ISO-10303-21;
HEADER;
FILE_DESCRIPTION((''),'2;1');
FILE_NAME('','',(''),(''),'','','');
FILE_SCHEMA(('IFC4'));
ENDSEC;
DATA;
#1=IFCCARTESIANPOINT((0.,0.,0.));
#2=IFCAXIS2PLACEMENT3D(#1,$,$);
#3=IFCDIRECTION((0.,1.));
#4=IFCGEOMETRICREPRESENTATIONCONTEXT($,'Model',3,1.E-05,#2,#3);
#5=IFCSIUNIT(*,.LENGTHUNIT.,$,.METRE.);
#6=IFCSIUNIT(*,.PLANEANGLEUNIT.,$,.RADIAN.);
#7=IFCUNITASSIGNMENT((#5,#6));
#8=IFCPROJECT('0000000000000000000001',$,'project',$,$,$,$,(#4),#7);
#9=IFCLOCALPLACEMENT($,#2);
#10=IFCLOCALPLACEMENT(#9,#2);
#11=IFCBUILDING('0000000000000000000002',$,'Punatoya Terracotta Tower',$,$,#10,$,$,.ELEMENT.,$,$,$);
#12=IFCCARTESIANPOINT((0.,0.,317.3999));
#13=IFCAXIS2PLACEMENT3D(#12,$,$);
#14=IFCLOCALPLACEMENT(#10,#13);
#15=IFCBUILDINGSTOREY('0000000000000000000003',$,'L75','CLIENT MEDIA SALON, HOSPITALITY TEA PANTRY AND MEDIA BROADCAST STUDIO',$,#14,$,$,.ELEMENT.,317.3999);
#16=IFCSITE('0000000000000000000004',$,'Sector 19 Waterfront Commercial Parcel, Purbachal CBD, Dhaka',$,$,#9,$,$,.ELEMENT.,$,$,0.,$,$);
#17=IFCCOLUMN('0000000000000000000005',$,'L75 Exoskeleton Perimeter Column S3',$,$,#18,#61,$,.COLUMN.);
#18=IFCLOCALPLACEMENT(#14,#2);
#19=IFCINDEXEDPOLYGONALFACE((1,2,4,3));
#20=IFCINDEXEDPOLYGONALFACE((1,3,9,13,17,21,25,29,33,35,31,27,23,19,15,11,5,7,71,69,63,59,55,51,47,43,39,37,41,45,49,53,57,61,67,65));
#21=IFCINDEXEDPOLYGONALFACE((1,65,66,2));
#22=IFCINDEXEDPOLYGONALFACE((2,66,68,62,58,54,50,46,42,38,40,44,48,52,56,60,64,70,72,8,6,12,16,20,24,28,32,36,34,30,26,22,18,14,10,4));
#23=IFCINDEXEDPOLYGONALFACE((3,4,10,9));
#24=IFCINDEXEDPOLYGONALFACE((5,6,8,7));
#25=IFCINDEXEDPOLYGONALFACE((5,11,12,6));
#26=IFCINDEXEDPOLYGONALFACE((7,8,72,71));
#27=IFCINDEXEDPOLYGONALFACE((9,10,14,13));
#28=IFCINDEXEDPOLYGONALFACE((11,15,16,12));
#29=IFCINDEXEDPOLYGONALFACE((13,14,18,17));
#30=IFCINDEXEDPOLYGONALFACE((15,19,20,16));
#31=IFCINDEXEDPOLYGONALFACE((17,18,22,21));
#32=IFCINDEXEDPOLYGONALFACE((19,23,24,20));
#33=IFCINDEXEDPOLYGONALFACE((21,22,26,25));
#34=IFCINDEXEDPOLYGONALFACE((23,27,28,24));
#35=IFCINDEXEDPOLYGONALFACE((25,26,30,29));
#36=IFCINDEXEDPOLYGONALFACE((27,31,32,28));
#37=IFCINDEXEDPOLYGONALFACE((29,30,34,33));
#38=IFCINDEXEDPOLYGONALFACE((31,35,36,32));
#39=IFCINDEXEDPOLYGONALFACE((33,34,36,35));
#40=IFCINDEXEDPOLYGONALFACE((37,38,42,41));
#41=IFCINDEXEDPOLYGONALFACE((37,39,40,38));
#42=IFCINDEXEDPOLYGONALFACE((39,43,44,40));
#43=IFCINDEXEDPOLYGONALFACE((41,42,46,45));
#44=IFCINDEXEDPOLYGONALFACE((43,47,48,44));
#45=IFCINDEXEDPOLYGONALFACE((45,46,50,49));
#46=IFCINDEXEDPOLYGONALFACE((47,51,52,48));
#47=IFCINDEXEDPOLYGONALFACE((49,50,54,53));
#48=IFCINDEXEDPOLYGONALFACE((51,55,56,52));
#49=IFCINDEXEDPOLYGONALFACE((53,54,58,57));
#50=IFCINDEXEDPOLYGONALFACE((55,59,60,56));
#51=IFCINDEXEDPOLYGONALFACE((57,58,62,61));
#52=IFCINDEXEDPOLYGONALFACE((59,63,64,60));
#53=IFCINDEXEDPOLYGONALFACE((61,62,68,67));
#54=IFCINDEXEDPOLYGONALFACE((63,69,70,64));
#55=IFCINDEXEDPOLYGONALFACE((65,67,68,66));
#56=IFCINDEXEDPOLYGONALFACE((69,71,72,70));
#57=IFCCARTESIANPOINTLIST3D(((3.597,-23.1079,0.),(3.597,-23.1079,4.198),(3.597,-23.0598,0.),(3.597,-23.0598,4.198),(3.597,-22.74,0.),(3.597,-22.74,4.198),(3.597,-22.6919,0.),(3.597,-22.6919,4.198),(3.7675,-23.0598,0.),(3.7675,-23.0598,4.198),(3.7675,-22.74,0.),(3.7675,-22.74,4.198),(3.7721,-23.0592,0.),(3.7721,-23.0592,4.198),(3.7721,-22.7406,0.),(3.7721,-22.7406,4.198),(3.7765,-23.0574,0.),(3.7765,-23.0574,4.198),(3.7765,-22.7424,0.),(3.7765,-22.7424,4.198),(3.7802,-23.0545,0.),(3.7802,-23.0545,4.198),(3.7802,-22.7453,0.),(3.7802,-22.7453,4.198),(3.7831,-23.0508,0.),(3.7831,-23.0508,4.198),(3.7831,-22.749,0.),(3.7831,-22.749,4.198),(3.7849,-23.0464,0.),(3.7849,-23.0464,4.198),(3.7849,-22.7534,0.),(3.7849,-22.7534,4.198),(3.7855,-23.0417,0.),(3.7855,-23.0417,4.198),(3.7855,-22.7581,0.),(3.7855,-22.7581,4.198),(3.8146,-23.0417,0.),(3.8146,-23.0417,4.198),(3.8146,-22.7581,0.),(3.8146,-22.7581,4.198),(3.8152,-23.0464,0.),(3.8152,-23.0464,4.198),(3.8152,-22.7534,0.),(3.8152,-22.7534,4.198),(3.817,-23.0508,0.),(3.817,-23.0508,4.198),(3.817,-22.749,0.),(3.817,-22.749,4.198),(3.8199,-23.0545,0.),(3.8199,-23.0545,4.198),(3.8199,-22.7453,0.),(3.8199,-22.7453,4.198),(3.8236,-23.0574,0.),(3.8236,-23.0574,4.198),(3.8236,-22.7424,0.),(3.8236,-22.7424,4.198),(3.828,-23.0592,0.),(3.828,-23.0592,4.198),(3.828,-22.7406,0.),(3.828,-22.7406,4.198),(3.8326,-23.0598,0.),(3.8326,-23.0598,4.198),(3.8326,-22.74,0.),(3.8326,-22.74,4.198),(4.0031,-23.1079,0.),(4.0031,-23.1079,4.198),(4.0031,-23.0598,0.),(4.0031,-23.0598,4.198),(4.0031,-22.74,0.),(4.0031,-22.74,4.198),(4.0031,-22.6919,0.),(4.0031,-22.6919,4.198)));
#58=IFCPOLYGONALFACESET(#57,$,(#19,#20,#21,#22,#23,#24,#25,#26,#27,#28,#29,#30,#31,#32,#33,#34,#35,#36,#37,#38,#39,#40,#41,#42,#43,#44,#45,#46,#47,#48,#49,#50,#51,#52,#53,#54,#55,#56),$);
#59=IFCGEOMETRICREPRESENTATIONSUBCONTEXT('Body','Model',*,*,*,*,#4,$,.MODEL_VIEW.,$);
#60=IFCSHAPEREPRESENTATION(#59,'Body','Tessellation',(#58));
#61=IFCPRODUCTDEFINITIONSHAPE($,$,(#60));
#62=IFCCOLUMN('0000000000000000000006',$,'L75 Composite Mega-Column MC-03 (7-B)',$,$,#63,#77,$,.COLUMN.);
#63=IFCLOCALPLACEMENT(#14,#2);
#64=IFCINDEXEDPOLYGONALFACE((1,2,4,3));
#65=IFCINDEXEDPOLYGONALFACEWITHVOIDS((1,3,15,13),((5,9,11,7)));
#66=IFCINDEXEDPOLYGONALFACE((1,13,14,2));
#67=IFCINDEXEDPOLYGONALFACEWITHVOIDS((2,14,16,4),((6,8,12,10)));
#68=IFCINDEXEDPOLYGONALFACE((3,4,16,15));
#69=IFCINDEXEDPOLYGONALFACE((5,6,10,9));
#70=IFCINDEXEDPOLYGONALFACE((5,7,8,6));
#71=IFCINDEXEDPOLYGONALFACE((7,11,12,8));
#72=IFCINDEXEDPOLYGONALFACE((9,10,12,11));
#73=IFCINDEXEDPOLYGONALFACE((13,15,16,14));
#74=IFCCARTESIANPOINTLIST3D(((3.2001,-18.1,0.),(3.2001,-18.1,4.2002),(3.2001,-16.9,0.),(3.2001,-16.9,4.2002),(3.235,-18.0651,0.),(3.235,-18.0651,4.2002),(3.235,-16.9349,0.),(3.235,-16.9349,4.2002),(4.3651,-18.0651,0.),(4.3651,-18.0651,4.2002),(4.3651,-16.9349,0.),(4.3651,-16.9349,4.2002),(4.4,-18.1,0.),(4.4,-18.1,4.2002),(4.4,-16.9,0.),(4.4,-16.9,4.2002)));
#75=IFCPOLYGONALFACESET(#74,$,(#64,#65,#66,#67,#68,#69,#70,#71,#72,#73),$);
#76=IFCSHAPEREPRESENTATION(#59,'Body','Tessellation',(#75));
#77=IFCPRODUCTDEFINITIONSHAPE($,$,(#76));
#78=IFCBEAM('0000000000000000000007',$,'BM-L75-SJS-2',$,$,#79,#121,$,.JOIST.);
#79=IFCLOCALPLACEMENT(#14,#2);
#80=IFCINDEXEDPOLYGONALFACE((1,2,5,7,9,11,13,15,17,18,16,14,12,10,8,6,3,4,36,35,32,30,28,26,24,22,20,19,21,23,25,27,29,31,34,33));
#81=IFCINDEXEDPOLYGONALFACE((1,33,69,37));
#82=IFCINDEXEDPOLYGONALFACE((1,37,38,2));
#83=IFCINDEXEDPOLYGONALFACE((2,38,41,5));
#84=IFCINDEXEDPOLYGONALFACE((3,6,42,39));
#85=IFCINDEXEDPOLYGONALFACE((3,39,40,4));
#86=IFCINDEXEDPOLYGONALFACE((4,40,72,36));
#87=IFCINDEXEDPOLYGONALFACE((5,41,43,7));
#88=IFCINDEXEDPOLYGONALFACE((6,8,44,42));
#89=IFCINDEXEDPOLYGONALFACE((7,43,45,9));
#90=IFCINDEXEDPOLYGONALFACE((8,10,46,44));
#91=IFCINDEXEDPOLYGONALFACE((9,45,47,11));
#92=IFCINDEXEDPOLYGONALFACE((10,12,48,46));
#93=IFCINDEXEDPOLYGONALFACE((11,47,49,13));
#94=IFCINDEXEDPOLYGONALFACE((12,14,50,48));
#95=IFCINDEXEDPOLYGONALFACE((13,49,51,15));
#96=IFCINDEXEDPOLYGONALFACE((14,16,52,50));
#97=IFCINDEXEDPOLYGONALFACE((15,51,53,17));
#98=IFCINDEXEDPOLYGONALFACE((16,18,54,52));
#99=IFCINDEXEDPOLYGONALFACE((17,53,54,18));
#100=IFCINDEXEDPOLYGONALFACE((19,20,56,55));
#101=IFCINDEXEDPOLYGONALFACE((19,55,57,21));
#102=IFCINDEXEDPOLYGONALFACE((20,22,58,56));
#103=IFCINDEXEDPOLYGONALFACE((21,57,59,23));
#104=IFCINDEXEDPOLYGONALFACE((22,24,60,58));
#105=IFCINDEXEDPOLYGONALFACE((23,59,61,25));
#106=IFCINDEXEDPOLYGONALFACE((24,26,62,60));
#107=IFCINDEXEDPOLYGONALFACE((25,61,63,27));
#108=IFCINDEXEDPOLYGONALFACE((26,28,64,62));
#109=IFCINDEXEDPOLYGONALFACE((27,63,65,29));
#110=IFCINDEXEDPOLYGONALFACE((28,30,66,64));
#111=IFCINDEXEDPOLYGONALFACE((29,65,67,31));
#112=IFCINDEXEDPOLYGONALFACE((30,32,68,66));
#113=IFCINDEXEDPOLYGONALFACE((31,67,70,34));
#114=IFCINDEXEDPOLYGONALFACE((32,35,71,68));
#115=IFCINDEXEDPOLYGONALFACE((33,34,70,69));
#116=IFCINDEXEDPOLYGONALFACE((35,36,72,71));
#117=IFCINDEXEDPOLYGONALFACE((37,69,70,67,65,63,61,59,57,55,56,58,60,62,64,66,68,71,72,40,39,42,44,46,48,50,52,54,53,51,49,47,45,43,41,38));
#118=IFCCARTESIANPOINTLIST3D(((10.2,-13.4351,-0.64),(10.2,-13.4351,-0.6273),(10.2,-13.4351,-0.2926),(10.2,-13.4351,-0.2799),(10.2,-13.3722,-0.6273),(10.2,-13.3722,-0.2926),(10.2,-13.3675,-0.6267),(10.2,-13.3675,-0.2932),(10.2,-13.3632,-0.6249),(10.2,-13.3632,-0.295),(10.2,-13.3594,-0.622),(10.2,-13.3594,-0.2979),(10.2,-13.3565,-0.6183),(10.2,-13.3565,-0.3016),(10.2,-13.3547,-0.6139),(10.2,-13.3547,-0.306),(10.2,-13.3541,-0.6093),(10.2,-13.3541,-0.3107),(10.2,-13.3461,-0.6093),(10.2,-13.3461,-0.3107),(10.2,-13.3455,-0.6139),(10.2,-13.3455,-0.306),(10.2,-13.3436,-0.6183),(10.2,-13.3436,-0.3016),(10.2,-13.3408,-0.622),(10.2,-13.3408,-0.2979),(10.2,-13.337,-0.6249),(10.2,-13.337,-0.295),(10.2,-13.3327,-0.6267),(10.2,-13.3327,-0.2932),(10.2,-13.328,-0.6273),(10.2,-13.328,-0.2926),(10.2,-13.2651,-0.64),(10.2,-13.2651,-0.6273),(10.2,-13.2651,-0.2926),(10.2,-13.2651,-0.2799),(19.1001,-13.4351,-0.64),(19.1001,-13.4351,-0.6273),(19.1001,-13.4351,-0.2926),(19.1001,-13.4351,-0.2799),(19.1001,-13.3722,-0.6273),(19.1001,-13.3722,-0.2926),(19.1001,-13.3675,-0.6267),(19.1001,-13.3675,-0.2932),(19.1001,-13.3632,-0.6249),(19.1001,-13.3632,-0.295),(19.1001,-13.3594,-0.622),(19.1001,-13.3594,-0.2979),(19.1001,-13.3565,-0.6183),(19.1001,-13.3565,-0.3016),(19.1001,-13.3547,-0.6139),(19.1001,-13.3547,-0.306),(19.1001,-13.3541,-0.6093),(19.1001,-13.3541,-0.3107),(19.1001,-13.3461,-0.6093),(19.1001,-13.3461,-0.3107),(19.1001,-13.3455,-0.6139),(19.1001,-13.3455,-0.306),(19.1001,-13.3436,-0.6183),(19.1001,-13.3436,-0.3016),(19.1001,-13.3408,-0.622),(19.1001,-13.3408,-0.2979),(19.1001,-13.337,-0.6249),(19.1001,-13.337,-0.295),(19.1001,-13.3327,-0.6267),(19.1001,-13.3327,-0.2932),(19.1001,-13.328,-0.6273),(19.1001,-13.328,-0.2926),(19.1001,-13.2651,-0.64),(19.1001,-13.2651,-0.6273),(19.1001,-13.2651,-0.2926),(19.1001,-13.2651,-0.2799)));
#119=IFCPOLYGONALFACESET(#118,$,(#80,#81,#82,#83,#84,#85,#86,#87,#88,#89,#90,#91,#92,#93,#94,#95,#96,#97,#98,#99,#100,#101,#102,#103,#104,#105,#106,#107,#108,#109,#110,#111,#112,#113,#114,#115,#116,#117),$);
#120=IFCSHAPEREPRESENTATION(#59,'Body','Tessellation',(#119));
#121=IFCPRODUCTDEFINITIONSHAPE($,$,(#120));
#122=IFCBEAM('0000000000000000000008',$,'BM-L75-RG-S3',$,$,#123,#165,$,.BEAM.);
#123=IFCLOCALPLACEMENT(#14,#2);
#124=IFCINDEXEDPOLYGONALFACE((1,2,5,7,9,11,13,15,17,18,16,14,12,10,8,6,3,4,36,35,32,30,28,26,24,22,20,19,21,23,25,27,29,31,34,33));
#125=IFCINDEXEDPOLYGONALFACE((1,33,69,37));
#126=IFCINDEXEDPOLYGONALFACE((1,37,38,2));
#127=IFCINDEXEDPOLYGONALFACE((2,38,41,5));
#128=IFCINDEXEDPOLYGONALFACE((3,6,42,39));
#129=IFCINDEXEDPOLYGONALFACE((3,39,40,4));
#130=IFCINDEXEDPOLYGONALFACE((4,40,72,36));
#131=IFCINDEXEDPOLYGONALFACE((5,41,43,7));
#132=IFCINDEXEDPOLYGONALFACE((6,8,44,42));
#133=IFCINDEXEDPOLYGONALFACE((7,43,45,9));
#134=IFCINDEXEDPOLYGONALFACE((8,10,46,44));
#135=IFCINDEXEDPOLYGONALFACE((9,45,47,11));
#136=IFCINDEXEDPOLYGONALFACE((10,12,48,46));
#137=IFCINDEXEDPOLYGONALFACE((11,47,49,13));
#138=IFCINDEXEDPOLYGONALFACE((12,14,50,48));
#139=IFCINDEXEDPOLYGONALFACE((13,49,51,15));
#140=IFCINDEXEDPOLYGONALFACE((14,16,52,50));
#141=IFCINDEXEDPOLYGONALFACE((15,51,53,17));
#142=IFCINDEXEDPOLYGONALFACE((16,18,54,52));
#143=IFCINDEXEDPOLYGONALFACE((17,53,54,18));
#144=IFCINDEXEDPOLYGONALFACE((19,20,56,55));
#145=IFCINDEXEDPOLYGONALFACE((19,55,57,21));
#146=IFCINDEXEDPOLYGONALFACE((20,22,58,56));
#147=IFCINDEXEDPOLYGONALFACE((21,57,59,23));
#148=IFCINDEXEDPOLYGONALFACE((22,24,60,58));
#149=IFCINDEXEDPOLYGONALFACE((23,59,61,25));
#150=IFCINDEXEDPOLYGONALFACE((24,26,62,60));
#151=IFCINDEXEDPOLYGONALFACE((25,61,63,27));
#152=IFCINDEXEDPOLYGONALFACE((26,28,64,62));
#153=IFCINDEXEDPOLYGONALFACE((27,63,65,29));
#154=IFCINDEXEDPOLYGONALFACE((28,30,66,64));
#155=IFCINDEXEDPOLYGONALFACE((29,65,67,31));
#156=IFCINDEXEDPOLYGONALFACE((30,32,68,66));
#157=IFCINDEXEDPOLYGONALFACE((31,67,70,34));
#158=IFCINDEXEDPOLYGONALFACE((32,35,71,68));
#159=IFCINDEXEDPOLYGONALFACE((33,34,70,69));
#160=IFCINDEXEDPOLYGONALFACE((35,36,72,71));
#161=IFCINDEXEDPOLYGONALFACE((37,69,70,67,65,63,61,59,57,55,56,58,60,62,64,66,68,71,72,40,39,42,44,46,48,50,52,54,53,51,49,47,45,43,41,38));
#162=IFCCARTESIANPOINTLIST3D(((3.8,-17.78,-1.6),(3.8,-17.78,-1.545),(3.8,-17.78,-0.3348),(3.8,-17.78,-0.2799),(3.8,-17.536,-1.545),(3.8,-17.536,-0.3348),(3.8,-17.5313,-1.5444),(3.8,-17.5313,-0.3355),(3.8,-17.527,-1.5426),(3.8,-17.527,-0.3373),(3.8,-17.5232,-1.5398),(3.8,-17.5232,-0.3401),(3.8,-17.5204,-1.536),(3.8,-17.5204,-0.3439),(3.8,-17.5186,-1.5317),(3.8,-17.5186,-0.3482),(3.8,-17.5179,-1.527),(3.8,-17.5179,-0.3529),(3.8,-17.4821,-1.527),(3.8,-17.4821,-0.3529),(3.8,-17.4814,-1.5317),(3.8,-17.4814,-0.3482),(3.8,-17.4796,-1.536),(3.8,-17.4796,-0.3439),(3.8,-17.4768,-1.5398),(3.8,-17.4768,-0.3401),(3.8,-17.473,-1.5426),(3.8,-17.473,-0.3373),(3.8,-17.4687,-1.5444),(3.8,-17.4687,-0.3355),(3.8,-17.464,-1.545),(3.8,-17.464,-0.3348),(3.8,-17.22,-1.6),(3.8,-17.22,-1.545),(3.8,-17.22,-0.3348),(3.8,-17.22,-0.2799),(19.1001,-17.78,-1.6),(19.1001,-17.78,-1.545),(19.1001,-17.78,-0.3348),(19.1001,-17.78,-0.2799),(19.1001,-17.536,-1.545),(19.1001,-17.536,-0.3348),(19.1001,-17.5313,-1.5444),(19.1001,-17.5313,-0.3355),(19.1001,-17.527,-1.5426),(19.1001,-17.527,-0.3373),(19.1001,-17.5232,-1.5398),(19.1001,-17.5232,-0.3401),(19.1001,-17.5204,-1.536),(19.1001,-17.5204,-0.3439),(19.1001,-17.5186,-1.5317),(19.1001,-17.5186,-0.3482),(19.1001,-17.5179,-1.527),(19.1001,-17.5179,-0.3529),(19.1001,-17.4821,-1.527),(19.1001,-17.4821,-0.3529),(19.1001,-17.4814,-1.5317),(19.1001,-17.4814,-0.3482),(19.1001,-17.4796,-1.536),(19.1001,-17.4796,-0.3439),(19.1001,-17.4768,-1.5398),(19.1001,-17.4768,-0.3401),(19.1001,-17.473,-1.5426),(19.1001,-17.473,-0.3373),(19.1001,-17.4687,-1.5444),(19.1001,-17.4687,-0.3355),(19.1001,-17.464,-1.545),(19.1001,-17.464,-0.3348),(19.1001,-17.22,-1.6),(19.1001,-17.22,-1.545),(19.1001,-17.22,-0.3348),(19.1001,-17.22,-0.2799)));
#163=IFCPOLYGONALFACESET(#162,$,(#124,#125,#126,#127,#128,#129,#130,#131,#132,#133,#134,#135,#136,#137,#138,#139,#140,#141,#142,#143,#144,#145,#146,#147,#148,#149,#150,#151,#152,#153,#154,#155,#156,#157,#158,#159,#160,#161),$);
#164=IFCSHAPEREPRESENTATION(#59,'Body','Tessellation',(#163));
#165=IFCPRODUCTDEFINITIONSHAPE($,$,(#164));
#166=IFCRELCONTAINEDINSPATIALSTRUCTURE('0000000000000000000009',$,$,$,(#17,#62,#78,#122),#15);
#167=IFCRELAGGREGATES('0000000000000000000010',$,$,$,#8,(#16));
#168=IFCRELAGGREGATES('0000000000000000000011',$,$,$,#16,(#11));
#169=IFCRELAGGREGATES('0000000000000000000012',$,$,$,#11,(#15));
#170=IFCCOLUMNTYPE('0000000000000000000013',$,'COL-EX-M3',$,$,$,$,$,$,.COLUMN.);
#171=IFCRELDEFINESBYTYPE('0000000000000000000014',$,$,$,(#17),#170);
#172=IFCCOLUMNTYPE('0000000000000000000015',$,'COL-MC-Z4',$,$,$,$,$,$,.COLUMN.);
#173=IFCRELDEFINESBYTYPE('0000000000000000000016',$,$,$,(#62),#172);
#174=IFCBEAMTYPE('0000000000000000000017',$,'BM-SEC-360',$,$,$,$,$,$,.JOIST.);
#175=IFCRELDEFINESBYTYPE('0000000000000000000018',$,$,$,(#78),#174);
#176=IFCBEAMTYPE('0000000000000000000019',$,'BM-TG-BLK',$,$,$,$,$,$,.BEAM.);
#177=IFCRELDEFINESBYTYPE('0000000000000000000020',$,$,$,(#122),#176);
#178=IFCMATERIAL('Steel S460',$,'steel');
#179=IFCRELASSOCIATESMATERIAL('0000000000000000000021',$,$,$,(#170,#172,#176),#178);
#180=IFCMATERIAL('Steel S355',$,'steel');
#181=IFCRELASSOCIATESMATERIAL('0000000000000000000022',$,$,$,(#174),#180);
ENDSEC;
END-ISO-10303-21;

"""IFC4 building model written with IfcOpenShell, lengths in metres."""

from ifc_helpers import new_model, si_unit, direction, frame, origin, origin_2d, place, context, subcontext, project, spatial, hollow_rectangle, i_section, extrude, material, material_profile, profile_set, type_object, element, save


model = new_model("IFC4")

# Units and contexts
model_context = context("Model", 3, precision=1e-05, world=origin(), true_north=direction((0.0, 1.0)))
body_context = subcontext(model_context, "Body", "Model", "MODEL_VIEW")
ifc_project = project(units=[si_unit("LENGTHUNIT", "METRE"), si_unit("PLANEANGLEUNIT", "RADIAN")], contexts=[model_context])

# Site, building, storey
site_placement = place(None, origin())
site = spatial("IfcSite", under=ifc_project, at=site_placement, Name="Sector 19 Waterfront Commercial Parcel, Purbachal CBD, Dhaka", CompositionType="ELEMENT", RefElevation=0.0)
building_placement = place(site_placement, origin())
building = spatial("IfcBuilding", under=site, at=building_placement, Name="Punatoya Terracotta Tower", CompositionType="ELEMENT")
storey_placement = place(building_placement, frame((0.0, 0.0, 317.3999)))
storey = spatial("IfcBuildingStorey", under=building, at=storey_placement, Name="L75", Description="CLIENT MEDIA SALON, HOSPITALITY TEA PANTRY AND MEDIA BROADCAST STUDIO", CompositionType="ELEMENT", Elevation=317.3999)

# Columns
ifc_material_1 = material(Name="Steel S460", Category="steel")
ifc_material_profile_1 = material_profile(ifc_material_1, i_section(OverallWidth=0.406, OverallDepth=0.416, WebThickness=0.0291, FlangeThickness=0.0481, FilletRadius=0.0181, at=origin_2d()))
ifc_profile_set_1 = profile_set([ifc_material_profile_1], Name="Steel S460")
column_type_1 = type_object("IfcColumnType", Name="COL-EX-M3", PredefinedType="COLUMN", material=ifc_profile_set_1)
column_1_placement = place(storey_placement, frame((3.8, -22.8999, 0.0), z_axis=(0.0, 0.0, 1.0), x_axis=(1.0, 0.0, 0.0)))
element("IfcColumn", 1, at=column_1_placement, inside=storey, type_object=column_type_1, Name="L75 Exoskeleton Perimeter Column S3", PredefinedType="COLUMN", context=body_context, shape_type="SweptSolid", body=[
    extrude(i_section(OverallWidth=0.406, OverallDepth=0.416, WebThickness=0.0291, FlangeThickness=0.0481, FilletRadius=0.0181, at=origin_2d()), origin(), (0.0, 0.0, 1.0), 4.198),
])
ifc_material_profile_2 = material_profile(ifc_material_1, hollow_rectangle(XDim=1.2, YDim=1.2, WallThickness=0.0349, at=origin_2d()))
ifc_profile_set_2 = profile_set([ifc_material_profile_2], Name="Steel S460")
column_type_2 = type_object("IfcColumnType", Name="COL-MC-Z4", PredefinedType="COLUMN", material=ifc_profile_set_2)
column_2_placement = place(storey_placement, frame((3.8, -17.5, 0.0), z_axis=(0.0, 0.0, 1.0), x_axis=(1.0, 0.0, 0.0)))
element("IfcColumn", 2, at=column_2_placement, inside=storey, type_object=column_type_2, Name="L75 Composite Mega-Column MC-03 (7-B)", PredefinedType="COLUMN", context=body_context, shape_type="SweptSolid", body=[
    extrude(hollow_rectangle(XDim=1.2, YDim=1.2, WallThickness=0.0349, at=origin_2d()), origin(), (0.0, 0.0, 1.0), 4.2002),
])

# Beams
ifc_material_2 = material(Name="Steel S355", Category="steel")
ifc_material_profile_3 = material_profile(ifc_material_2, i_section(OverallWidth=0.1699, OverallDepth=0.3601, WebThickness=0.0081, FlangeThickness=0.0127, FilletRadius=0.0181, at=origin_2d()))
ifc_profile_set_3 = profile_set([ifc_material_profile_3], Name="Steel S355")
beam_type_1 = type_object("IfcBeamType", Name="BM-SEC-360", PredefinedType="JOIST", material=ifc_profile_set_3)
beam_1_placement = place(storey_placement, frame((10.2, -13.3501, -0.46), z_axis=(1.0, 0.0, 0.0), x_axis=(0.0, 1.0, 0.0)))
element("IfcBeam", 3, at=beam_1_placement, inside=storey, type_object=beam_type_1, Name="BM-L75-SJS-2", PredefinedType="JOIST", context=body_context, shape_type="SweptSolid", body=[
    extrude(i_section(OverallWidth=0.1699, OverallDepth=0.3601, WebThickness=0.0081, FlangeThickness=0.0127, FilletRadius=0.0181, at=origin_2d()), origin(), (0.0, 0.0, 1.0), 8.9001),
])
ifc_material_profile_4 = material_profile(ifc_material_1, i_section(OverallWidth=0.5601, OverallDepth=1.3201, WebThickness=0.0359, FlangeThickness=0.0549, FilletRadius=0.0181, at=origin_2d()))
ifc_profile_set_4 = profile_set([ifc_material_profile_4], Name="Steel S460")
beam_type_2 = type_object("IfcBeamType", Name="BM-TG-BLK", PredefinedType="BEAM", material=ifc_profile_set_4)
beam_2_placement = place(storey_placement, frame((3.8, -17.5, -0.9399), z_axis=(1.0, 0.0, 0.0), x_axis=(0.0, 1.0, 0.0)))
element("IfcBeam", 4, at=beam_2_placement, inside=storey, type_object=beam_type_2, Name="BM-L75-RG-S3", PredefinedType="BEAM", context=body_context, shape_type="SweptSolid", body=[
    extrude(i_section(OverallWidth=0.5601, OverallDepth=1.3201, WebThickness=0.0359, FlangeThickness=0.0549, FilletRadius=0.0181, at=origin_2d()), origin(), (0.0, 0.0, 1.0), 15.3),
])

save(model, "model.ifc")
